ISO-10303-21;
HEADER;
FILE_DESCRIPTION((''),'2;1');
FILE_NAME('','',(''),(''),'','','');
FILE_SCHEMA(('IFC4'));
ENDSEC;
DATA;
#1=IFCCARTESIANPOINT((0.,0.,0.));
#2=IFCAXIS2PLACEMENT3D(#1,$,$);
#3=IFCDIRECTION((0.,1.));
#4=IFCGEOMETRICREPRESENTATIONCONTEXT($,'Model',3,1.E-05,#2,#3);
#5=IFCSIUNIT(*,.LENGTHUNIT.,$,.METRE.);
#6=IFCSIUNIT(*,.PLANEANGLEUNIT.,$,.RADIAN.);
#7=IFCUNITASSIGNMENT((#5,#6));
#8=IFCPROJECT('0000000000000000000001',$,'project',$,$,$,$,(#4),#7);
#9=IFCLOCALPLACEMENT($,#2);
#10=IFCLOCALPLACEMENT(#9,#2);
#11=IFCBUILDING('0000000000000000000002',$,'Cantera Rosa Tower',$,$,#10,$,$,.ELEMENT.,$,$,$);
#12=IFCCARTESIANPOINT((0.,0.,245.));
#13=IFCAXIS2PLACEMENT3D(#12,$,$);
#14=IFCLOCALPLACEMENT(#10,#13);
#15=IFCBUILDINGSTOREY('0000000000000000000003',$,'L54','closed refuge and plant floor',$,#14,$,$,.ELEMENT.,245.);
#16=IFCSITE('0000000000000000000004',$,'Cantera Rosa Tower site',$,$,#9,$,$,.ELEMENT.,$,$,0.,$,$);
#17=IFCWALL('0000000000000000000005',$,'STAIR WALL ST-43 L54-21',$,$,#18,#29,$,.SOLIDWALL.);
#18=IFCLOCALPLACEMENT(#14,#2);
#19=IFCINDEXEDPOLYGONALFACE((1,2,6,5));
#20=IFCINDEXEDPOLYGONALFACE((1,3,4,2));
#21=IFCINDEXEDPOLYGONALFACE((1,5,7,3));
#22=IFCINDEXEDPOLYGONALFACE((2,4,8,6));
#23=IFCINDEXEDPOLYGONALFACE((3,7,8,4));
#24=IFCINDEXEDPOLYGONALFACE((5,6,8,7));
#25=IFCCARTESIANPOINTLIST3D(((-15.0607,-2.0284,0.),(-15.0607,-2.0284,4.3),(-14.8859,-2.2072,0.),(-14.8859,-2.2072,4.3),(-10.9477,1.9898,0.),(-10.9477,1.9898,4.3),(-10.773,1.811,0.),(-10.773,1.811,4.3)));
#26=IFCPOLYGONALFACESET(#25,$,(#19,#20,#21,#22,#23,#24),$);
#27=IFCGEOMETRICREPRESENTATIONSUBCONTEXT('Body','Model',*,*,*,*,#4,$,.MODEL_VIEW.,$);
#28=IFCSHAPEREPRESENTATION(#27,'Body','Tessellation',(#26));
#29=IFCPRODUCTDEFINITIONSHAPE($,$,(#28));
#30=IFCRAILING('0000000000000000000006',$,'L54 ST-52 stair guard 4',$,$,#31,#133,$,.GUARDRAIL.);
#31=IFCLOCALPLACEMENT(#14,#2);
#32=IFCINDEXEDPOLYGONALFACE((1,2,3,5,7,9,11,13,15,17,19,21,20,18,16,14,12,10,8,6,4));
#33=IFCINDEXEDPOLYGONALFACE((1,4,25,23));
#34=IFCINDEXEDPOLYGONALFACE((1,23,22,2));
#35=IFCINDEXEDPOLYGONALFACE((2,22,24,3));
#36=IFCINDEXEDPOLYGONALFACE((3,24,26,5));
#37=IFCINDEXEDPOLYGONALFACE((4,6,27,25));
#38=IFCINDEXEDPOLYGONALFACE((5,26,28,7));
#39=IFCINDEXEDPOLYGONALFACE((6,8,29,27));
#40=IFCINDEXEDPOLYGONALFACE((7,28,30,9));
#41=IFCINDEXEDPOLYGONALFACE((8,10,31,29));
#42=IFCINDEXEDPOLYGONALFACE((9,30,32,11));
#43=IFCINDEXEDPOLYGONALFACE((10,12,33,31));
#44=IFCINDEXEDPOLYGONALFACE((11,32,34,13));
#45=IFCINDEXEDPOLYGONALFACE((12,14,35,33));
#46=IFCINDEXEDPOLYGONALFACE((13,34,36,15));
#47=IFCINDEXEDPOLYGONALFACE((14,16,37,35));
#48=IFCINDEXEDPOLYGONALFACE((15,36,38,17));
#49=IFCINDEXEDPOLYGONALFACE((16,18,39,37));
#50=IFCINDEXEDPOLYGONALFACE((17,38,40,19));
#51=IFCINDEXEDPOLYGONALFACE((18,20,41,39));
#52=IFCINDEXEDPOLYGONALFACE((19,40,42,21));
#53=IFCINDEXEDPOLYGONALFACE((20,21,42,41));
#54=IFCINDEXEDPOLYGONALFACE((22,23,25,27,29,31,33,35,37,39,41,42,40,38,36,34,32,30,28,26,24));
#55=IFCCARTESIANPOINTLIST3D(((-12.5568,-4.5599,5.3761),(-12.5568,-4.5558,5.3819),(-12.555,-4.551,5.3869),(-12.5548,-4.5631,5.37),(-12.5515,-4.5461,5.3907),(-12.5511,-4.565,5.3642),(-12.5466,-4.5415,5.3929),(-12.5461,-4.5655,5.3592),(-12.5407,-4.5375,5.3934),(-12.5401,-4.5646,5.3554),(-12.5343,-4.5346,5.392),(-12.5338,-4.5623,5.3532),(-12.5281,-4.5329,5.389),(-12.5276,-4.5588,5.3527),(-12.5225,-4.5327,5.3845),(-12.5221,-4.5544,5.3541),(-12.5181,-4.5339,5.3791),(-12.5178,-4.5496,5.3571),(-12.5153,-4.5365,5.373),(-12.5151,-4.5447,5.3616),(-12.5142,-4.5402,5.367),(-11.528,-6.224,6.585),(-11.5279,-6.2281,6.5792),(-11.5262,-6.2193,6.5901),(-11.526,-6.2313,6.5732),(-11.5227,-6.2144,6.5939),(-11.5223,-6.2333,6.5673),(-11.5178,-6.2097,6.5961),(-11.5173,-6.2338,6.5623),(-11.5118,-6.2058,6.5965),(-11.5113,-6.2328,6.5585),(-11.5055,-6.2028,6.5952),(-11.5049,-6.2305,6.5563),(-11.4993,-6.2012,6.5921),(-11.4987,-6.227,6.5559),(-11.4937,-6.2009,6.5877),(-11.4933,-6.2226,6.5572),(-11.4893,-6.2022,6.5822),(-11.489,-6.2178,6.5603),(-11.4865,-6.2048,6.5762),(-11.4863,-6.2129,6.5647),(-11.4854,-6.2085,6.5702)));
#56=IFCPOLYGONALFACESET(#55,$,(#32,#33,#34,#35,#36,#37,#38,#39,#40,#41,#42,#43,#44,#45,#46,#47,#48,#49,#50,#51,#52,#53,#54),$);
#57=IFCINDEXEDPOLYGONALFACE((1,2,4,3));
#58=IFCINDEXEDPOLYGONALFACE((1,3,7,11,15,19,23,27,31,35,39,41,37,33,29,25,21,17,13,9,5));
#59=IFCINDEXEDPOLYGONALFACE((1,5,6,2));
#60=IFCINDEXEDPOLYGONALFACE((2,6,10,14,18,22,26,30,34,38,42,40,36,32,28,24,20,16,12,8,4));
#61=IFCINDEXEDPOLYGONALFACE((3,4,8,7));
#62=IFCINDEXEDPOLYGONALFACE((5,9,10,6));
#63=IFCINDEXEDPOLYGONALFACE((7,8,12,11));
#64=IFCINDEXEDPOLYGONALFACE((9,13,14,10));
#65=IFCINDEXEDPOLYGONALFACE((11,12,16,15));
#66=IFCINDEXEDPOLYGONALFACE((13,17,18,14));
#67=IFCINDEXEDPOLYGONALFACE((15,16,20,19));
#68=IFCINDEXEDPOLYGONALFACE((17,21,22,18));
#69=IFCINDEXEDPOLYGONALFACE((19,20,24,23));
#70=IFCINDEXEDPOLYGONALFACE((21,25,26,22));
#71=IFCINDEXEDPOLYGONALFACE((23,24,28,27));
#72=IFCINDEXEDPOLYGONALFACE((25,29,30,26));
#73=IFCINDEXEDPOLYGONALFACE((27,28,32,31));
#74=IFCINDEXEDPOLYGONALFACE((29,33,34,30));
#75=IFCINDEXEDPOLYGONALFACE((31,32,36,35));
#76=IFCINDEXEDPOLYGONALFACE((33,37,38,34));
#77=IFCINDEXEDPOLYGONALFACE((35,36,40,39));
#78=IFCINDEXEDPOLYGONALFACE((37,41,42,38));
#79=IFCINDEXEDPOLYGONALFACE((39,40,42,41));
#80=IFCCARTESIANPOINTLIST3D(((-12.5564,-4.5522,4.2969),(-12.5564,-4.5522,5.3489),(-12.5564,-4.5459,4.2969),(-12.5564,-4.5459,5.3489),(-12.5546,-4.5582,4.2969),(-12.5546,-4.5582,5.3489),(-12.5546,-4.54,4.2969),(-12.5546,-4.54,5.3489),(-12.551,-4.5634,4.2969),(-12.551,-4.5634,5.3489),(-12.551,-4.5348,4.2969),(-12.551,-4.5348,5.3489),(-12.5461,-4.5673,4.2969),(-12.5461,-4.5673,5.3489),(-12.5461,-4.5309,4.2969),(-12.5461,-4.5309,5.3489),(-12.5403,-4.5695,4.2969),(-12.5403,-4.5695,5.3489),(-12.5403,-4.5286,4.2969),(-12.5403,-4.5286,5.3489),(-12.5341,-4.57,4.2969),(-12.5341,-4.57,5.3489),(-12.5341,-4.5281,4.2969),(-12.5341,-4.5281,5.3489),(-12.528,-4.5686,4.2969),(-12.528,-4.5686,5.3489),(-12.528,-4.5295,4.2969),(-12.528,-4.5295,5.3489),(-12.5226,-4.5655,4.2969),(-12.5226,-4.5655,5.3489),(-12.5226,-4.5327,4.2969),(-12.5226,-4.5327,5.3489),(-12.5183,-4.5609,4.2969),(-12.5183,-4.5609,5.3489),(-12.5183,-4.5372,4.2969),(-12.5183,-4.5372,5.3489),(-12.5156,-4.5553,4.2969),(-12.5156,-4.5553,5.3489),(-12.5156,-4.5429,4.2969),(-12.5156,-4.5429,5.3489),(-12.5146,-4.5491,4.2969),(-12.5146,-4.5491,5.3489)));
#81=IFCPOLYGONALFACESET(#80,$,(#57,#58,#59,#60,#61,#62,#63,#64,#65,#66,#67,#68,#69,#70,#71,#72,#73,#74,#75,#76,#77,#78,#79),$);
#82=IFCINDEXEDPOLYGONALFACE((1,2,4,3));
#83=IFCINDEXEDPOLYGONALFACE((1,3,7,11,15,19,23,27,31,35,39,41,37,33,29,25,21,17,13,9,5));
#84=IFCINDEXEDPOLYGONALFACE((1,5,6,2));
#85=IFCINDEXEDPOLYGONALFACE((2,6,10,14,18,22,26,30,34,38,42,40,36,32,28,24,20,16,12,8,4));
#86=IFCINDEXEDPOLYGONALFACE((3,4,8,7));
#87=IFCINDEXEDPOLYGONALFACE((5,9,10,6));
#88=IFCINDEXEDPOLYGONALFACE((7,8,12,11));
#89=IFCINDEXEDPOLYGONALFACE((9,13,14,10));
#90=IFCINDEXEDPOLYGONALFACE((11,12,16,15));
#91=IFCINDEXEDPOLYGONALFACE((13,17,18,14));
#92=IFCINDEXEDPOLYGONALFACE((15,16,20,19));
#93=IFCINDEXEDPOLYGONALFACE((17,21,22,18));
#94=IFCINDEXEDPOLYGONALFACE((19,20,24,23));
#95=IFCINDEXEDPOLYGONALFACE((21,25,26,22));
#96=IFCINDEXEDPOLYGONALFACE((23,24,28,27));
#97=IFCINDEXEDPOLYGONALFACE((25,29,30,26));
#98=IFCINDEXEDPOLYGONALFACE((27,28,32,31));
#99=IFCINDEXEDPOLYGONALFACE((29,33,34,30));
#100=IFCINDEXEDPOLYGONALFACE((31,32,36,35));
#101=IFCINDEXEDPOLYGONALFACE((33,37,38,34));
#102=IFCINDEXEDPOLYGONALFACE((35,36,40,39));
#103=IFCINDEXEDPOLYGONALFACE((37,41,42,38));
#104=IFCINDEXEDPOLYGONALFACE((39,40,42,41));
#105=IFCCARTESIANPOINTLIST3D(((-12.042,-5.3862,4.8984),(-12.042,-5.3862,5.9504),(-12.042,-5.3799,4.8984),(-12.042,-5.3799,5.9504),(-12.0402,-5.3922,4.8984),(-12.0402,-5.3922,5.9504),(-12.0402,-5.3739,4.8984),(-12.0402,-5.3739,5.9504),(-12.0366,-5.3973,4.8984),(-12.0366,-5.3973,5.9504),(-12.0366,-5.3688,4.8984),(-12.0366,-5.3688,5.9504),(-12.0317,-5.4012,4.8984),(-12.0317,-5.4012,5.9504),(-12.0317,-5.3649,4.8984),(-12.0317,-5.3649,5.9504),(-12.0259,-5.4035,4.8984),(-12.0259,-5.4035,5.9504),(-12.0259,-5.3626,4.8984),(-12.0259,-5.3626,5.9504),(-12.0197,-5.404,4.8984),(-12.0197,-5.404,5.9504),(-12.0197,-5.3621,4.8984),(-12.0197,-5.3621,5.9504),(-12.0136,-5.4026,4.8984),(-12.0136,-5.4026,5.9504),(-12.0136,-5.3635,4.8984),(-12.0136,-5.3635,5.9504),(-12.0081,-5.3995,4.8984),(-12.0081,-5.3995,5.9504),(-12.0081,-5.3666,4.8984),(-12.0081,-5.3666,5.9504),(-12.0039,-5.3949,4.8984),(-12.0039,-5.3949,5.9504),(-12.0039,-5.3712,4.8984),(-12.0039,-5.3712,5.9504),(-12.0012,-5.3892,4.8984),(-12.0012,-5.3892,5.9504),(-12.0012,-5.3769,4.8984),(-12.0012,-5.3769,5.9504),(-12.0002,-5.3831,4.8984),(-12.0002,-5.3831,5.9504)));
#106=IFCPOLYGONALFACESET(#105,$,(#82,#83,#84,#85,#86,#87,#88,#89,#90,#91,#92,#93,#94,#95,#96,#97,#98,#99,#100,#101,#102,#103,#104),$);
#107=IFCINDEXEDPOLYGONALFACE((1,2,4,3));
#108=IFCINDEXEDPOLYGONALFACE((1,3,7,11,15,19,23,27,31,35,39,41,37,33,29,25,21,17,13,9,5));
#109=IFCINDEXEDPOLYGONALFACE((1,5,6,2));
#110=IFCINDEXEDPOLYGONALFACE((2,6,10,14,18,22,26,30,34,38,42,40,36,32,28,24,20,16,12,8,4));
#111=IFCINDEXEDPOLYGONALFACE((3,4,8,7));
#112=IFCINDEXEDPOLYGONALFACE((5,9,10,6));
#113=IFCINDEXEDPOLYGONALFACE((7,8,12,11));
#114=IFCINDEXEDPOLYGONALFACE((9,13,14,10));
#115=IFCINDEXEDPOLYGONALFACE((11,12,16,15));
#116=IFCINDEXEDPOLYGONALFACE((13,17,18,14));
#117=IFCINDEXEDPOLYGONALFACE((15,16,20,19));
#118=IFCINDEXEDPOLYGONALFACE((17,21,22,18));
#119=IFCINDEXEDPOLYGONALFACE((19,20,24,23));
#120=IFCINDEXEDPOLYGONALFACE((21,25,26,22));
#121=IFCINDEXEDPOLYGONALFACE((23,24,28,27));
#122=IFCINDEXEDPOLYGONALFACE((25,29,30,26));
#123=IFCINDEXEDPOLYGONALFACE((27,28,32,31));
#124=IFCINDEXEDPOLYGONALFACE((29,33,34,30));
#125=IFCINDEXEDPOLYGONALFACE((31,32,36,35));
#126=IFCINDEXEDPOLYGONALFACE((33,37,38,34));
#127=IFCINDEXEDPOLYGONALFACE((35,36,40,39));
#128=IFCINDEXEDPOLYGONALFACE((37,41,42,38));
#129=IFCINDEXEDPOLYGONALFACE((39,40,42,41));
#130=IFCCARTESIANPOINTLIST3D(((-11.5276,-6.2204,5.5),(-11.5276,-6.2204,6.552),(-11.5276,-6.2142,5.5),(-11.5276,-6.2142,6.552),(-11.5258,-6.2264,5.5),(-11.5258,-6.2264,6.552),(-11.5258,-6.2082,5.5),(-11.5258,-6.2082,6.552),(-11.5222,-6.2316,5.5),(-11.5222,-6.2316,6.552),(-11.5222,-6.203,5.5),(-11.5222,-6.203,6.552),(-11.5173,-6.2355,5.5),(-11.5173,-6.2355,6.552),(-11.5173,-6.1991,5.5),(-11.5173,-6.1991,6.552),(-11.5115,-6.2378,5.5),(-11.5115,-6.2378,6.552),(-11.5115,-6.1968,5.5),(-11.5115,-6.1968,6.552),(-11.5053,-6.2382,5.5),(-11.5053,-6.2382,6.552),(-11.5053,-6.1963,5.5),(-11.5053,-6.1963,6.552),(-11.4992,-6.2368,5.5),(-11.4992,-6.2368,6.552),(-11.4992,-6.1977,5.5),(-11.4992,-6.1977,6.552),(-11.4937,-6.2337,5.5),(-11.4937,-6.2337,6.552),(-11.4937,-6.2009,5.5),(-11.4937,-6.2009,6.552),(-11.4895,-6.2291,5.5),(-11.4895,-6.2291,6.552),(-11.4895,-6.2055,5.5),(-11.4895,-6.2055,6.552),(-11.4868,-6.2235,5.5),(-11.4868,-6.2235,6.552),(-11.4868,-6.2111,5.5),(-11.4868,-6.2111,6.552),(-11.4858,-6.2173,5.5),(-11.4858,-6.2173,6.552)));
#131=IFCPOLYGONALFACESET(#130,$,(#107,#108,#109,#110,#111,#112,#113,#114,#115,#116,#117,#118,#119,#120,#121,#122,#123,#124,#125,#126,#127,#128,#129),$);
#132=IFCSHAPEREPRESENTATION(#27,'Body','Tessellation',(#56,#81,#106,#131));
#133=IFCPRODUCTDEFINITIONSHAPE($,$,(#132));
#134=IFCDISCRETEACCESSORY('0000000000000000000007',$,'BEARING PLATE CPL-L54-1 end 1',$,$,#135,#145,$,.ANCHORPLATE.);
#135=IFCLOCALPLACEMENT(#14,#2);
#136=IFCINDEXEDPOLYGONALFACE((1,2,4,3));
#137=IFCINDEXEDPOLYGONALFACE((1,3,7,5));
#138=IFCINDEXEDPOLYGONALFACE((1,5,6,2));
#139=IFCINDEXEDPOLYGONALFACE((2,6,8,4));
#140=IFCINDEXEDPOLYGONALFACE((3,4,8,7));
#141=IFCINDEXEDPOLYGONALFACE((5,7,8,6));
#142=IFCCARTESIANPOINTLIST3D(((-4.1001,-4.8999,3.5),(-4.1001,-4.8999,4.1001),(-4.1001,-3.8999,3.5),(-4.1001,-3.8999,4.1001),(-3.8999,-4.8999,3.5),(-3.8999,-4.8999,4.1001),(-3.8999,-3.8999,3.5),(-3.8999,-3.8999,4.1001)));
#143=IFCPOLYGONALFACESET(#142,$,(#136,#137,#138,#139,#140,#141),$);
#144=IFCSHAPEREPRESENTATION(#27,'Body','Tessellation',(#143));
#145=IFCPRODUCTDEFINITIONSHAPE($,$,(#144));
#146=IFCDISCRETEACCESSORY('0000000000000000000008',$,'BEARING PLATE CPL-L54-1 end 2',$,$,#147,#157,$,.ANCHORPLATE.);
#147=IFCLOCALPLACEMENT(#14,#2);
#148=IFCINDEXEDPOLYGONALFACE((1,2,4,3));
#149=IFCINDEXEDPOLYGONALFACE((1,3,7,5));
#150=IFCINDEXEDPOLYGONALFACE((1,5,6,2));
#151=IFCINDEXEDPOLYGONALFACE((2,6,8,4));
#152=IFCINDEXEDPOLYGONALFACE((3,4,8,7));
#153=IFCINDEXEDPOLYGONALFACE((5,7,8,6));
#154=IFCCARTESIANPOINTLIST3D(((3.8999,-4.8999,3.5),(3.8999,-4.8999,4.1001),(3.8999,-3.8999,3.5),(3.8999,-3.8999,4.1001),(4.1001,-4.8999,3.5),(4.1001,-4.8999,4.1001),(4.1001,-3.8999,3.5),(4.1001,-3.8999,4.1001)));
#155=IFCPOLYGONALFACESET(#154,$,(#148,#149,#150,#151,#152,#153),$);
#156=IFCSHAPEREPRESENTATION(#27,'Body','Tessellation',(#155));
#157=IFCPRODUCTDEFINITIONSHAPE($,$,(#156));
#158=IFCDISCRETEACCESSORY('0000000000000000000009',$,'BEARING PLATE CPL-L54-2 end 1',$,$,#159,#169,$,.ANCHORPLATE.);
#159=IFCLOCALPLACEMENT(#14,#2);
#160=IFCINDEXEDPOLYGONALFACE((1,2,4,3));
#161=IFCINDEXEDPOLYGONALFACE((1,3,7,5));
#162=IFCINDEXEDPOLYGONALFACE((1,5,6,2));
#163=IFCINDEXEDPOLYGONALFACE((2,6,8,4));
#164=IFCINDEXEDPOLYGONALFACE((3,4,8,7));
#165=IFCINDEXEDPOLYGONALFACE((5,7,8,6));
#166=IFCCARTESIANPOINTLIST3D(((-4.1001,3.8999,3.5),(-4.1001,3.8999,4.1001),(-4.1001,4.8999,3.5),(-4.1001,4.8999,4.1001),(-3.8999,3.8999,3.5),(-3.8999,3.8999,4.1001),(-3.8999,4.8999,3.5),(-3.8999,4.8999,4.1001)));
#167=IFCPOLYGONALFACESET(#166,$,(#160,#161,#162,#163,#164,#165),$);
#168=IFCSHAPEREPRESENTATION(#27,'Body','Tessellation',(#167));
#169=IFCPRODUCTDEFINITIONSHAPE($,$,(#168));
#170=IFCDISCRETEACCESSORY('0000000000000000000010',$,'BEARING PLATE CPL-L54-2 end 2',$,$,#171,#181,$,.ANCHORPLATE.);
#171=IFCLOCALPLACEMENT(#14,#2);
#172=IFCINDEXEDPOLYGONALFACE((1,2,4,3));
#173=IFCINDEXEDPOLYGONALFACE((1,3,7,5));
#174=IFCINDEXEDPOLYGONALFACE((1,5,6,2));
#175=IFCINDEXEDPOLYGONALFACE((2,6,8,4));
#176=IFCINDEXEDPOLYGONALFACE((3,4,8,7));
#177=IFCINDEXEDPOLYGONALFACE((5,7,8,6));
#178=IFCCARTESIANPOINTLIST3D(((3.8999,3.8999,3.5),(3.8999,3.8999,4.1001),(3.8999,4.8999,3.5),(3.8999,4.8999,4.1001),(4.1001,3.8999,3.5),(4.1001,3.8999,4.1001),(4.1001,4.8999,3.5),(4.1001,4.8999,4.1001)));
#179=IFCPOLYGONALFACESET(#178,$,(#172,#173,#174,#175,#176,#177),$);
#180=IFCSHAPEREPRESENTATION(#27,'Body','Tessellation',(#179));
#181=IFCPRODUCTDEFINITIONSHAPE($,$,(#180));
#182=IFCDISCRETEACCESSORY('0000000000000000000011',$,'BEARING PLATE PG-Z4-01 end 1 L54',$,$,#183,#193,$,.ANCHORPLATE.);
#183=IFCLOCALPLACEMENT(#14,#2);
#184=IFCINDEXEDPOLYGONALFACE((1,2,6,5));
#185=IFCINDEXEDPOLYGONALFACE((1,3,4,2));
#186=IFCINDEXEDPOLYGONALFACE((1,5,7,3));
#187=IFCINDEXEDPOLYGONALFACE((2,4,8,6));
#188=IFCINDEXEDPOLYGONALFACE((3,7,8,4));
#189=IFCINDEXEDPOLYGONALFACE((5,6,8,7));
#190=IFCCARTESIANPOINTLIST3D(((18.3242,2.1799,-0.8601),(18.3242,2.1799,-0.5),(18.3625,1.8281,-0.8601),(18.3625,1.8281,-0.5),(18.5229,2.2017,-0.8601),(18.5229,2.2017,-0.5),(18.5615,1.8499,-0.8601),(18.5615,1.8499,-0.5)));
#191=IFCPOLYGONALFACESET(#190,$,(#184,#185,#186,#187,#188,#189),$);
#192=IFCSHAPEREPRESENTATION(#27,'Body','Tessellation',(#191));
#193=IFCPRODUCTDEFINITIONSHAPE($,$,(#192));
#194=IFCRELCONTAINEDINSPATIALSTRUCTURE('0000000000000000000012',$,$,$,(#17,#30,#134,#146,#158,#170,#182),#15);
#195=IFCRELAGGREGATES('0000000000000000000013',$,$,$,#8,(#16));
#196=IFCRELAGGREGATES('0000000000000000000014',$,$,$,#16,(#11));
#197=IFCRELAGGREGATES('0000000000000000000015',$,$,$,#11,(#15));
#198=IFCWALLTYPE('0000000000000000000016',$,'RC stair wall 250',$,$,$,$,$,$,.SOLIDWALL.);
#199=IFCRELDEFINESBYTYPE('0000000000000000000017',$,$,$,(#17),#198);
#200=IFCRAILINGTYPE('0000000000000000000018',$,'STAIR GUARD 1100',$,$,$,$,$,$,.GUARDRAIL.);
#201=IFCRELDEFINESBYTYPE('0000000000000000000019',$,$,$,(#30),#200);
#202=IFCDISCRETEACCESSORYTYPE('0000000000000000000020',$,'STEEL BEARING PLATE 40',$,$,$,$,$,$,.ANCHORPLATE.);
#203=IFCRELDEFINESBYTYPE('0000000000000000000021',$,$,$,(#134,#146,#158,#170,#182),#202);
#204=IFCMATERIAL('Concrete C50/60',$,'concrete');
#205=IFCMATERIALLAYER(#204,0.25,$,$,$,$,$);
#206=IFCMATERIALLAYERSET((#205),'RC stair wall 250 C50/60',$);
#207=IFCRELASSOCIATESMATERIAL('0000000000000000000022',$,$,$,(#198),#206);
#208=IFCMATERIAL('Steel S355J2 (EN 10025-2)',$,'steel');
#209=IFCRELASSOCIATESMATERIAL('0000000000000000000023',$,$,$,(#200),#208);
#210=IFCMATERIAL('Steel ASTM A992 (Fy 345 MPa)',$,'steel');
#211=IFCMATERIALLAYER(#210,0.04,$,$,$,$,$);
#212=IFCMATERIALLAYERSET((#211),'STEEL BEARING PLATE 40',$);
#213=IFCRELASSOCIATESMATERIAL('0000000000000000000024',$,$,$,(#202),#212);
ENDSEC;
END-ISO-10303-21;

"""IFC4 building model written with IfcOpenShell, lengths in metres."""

from ifc_helpers import new_model, si_unit, direction, frame, frame_2d, origin, origin_2d, place, context, subcontext, project, spatial, polyline, rectangle, circle, outline, extrude, material, layer, layer_set, type_object, element, save


model = new_model("IFC4")

# Units and contexts
model_context = context("Model", 3, precision=1e-05, world=origin(), true_north=direction((0.0, 1.0)))
body_context = subcontext(model_context, "Body", "Model", "MODEL_VIEW")
ifc_project = project(units=[si_unit("LENGTHUNIT", "METRE"), si_unit("PLANEANGLEUNIT", "RADIAN")], contexts=[model_context])

# Site, building, storey
site_placement = place(None, origin())
site = spatial("IfcSite", under=ifc_project, at=site_placement, Name="Cantera Rosa Tower site", CompositionType="ELEMENT", RefElevation=0.0)
building_placement = place(site_placement, origin())
building = spatial("IfcBuilding", under=site, at=building_placement, Name="Cantera Rosa Tower", CompositionType="ELEMENT")
storey_placement = place(building_placement, frame((0.0, 0.0, 245.0)))
storey = spatial("IfcBuildingStorey", under=building, at=storey_placement, Name="L54", Description="closed refuge and plant floor", CompositionType="ELEMENT", Elevation=245.0)

# Shared definitions
ifc_material_1 = material(Name="Concrete C50/60", Category="concrete")
ifc_layer_1 = layer(ifc_material_1, 0.25)
ifc_layer_set_1 = layer_set([ifc_layer_1], Name="RC stair wall 250 C50/60")
wall_type_1 = type_object("IfcWallType", Name="RC stair wall 250", PredefinedType="SOLIDWALL", material=ifc_layer_set_1)

# Wall
wall_1_placement = place(storey_placement, frame((-10.8604, 1.9004, 0.0), z_axis=(0.0, 0.0, 1.0), x_axis=(-0.715296, -0.698822, 0.0)))
element("IfcWall", 1, at=wall_1_placement, inside=storey, type_object=wall_type_1, Name="STAIR WALL ST-43 L54-21", PredefinedType="SOLIDWALL", context=body_context, shape_type="SweptSolid", body=[
    extrude(rectangle(XDim=5.75, YDim=0.25, at=frame_2d((2.875, 0.0))), origin(), (0.0, 0.0, 1.0), 4.3),
])

# Railing
ifc_material_2 = material(Name="Steel S355J2 (EN 10025-2)", Category="steel")
railing_type = type_object("IfcRailingType", Name="STAIR GUARD 1100", PredefinedType="GUARDRAIL", material=ifc_material_2)
railing_1_placement = place(storey_placement, frame((-12.5356, -4.5491, 4.2969)))
element("IfcRailing", 2, at=railing_1_placement, inside=storey, type_object=railing_type, Name="L54 ST-52 stair guard 4", PredefinedType="GUARDRAIL", context=body_context, shape_type="SweptSolid", body=[
    extrude(circle(Radius=0.0239, at=origin_2d()), frame((0.0, 0.0, 1.0762), z_axis=(0.447355, -0.725386, 0.523153), x_axis=(0.851153, 0.524917, 0.0)), (0.0, 0.0, 1.0), 2.2998),
    extrude(circle(Radius=0.021, at=origin_2d()), origin(), (0.0, 0.0, 1.0), 1.052),
    extrude(circle(Radius=0.021, at=origin_2d()), frame((0.5144, -0.834, 0.6016)), (0.0, 0.0, 1.0), 1.052),
    extrude(circle(Radius=0.021, at=origin_2d()), frame((1.0288, -1.6682, 1.2031)), (0.0, 0.0, 1.0), 1.052),
])

# Discrete accessories
ifc_material_3 = material(Name="Steel ASTM A992 (Fy 345 MPa)", Category="steel")
ifc_layer_2 = layer(ifc_material_3, 0.04)
ifc_layer_set_2 = layer_set([ifc_layer_2], Name="STEEL BEARING PLATE 40")
discrete_accessory_type = type_object("IfcDiscreteAccessoryType", Name="STEEL BEARING PLATE 40", PredefinedType="ANCHORPLATE", material=ifc_layer_set_2)
discrete_accessory_1_placement = place(storey_placement, frame((0.0, 0.0, 3.5)))
element("IfcDiscreteAccessory", 3, at=discrete_accessory_1_placement, inside=storey, type_object=discrete_accessory_type, Name="BEARING PLATE CPL-L54-1 end 1", PredefinedType="ANCHORPLATE", context=body_context, shape_type="SweptSolid", body=[
    extrude(outline(polyline([(-3.8999, -3.8999), (-4.1001, -3.8999), (-4.1001, -4.8999), (-3.8999, -4.8999), (-3.8999, -3.8999)])), origin(), (0.0, 0.0, 1.0), 0.6001),
])
discrete_accessory_2_placement = place(storey_placement, frame((0.0, 0.0, 3.5)))
element("IfcDiscreteAccessory", 4, at=discrete_accessory_2_placement, inside=storey, type_object=discrete_accessory_type, Name="BEARING PLATE CPL-L54-1 end 2", PredefinedType="ANCHORPLATE", context=body_context, shape_type="SweptSolid", body=[
    extrude(outline(polyline([(3.8999, -4.8999), (4.1001, -4.8999), (4.1001, -3.8999), (3.8999, -3.8999), (3.8999, -4.8999)])), origin(), (0.0, 0.0, 1.0), 0.6001),
])
discrete_accessory_3_placement = place(storey_placement, frame((0.0, 0.0, 3.5)))
element("IfcDiscreteAccessory", 5, at=discrete_accessory_3_placement, inside=storey, type_object=discrete_accessory_type, Name="BEARING PLATE CPL-L54-2 end 1", PredefinedType="ANCHORPLATE", context=body_context, shape_type="SweptSolid", body=[
    extrude(outline(polyline([(-3.8999, 4.8999), (-4.1001, 4.8999), (-4.1001, 3.8999), (-3.8999, 3.8999), (-3.8999, 4.8999)])), origin(), (0.0, 0.0, 1.0), 0.6001),
])
discrete_accessory_4_placement = place(storey_placement, frame((0.0, 0.0, 3.5)))
element("IfcDiscreteAccessory", 6, at=discrete_accessory_4_placement, inside=storey, type_object=discrete_accessory_type, Name="BEARING PLATE CPL-L54-2 end 2", PredefinedType="ANCHORPLATE", context=body_context, shape_type="SweptSolid", body=[
    extrude(outline(polyline([(3.8999, 3.8999), (4.1001, 3.8999), (4.1001, 4.8999), (3.8999, 4.8999), (3.8999, 3.8999)])), origin(), (0.0, 0.0, 1.0), 0.6001),
])
discrete_accessory_5_placement = place(storey_placement, frame((0.0, 0.0, -0.8601)))
element("IfcDiscreteAccessory", 7, at=discrete_accessory_5_placement, inside=storey, type_object=discrete_accessory_type, Name="BEARING PLATE PG-Z4-01 end 1 L54", PredefinedType="ANCHORPLATE", context=body_context, shape_type="SweptSolid", body=[
    extrude(outline(polyline([(18.3625, 1.8281), (18.5615, 1.8499), (18.5229, 2.2017), (18.3242, 2.1799), (18.3625, 1.8281)])), origin(), (0.0, 0.0, 1.0), 0.3601),
])

save(model, "model.ifc")
